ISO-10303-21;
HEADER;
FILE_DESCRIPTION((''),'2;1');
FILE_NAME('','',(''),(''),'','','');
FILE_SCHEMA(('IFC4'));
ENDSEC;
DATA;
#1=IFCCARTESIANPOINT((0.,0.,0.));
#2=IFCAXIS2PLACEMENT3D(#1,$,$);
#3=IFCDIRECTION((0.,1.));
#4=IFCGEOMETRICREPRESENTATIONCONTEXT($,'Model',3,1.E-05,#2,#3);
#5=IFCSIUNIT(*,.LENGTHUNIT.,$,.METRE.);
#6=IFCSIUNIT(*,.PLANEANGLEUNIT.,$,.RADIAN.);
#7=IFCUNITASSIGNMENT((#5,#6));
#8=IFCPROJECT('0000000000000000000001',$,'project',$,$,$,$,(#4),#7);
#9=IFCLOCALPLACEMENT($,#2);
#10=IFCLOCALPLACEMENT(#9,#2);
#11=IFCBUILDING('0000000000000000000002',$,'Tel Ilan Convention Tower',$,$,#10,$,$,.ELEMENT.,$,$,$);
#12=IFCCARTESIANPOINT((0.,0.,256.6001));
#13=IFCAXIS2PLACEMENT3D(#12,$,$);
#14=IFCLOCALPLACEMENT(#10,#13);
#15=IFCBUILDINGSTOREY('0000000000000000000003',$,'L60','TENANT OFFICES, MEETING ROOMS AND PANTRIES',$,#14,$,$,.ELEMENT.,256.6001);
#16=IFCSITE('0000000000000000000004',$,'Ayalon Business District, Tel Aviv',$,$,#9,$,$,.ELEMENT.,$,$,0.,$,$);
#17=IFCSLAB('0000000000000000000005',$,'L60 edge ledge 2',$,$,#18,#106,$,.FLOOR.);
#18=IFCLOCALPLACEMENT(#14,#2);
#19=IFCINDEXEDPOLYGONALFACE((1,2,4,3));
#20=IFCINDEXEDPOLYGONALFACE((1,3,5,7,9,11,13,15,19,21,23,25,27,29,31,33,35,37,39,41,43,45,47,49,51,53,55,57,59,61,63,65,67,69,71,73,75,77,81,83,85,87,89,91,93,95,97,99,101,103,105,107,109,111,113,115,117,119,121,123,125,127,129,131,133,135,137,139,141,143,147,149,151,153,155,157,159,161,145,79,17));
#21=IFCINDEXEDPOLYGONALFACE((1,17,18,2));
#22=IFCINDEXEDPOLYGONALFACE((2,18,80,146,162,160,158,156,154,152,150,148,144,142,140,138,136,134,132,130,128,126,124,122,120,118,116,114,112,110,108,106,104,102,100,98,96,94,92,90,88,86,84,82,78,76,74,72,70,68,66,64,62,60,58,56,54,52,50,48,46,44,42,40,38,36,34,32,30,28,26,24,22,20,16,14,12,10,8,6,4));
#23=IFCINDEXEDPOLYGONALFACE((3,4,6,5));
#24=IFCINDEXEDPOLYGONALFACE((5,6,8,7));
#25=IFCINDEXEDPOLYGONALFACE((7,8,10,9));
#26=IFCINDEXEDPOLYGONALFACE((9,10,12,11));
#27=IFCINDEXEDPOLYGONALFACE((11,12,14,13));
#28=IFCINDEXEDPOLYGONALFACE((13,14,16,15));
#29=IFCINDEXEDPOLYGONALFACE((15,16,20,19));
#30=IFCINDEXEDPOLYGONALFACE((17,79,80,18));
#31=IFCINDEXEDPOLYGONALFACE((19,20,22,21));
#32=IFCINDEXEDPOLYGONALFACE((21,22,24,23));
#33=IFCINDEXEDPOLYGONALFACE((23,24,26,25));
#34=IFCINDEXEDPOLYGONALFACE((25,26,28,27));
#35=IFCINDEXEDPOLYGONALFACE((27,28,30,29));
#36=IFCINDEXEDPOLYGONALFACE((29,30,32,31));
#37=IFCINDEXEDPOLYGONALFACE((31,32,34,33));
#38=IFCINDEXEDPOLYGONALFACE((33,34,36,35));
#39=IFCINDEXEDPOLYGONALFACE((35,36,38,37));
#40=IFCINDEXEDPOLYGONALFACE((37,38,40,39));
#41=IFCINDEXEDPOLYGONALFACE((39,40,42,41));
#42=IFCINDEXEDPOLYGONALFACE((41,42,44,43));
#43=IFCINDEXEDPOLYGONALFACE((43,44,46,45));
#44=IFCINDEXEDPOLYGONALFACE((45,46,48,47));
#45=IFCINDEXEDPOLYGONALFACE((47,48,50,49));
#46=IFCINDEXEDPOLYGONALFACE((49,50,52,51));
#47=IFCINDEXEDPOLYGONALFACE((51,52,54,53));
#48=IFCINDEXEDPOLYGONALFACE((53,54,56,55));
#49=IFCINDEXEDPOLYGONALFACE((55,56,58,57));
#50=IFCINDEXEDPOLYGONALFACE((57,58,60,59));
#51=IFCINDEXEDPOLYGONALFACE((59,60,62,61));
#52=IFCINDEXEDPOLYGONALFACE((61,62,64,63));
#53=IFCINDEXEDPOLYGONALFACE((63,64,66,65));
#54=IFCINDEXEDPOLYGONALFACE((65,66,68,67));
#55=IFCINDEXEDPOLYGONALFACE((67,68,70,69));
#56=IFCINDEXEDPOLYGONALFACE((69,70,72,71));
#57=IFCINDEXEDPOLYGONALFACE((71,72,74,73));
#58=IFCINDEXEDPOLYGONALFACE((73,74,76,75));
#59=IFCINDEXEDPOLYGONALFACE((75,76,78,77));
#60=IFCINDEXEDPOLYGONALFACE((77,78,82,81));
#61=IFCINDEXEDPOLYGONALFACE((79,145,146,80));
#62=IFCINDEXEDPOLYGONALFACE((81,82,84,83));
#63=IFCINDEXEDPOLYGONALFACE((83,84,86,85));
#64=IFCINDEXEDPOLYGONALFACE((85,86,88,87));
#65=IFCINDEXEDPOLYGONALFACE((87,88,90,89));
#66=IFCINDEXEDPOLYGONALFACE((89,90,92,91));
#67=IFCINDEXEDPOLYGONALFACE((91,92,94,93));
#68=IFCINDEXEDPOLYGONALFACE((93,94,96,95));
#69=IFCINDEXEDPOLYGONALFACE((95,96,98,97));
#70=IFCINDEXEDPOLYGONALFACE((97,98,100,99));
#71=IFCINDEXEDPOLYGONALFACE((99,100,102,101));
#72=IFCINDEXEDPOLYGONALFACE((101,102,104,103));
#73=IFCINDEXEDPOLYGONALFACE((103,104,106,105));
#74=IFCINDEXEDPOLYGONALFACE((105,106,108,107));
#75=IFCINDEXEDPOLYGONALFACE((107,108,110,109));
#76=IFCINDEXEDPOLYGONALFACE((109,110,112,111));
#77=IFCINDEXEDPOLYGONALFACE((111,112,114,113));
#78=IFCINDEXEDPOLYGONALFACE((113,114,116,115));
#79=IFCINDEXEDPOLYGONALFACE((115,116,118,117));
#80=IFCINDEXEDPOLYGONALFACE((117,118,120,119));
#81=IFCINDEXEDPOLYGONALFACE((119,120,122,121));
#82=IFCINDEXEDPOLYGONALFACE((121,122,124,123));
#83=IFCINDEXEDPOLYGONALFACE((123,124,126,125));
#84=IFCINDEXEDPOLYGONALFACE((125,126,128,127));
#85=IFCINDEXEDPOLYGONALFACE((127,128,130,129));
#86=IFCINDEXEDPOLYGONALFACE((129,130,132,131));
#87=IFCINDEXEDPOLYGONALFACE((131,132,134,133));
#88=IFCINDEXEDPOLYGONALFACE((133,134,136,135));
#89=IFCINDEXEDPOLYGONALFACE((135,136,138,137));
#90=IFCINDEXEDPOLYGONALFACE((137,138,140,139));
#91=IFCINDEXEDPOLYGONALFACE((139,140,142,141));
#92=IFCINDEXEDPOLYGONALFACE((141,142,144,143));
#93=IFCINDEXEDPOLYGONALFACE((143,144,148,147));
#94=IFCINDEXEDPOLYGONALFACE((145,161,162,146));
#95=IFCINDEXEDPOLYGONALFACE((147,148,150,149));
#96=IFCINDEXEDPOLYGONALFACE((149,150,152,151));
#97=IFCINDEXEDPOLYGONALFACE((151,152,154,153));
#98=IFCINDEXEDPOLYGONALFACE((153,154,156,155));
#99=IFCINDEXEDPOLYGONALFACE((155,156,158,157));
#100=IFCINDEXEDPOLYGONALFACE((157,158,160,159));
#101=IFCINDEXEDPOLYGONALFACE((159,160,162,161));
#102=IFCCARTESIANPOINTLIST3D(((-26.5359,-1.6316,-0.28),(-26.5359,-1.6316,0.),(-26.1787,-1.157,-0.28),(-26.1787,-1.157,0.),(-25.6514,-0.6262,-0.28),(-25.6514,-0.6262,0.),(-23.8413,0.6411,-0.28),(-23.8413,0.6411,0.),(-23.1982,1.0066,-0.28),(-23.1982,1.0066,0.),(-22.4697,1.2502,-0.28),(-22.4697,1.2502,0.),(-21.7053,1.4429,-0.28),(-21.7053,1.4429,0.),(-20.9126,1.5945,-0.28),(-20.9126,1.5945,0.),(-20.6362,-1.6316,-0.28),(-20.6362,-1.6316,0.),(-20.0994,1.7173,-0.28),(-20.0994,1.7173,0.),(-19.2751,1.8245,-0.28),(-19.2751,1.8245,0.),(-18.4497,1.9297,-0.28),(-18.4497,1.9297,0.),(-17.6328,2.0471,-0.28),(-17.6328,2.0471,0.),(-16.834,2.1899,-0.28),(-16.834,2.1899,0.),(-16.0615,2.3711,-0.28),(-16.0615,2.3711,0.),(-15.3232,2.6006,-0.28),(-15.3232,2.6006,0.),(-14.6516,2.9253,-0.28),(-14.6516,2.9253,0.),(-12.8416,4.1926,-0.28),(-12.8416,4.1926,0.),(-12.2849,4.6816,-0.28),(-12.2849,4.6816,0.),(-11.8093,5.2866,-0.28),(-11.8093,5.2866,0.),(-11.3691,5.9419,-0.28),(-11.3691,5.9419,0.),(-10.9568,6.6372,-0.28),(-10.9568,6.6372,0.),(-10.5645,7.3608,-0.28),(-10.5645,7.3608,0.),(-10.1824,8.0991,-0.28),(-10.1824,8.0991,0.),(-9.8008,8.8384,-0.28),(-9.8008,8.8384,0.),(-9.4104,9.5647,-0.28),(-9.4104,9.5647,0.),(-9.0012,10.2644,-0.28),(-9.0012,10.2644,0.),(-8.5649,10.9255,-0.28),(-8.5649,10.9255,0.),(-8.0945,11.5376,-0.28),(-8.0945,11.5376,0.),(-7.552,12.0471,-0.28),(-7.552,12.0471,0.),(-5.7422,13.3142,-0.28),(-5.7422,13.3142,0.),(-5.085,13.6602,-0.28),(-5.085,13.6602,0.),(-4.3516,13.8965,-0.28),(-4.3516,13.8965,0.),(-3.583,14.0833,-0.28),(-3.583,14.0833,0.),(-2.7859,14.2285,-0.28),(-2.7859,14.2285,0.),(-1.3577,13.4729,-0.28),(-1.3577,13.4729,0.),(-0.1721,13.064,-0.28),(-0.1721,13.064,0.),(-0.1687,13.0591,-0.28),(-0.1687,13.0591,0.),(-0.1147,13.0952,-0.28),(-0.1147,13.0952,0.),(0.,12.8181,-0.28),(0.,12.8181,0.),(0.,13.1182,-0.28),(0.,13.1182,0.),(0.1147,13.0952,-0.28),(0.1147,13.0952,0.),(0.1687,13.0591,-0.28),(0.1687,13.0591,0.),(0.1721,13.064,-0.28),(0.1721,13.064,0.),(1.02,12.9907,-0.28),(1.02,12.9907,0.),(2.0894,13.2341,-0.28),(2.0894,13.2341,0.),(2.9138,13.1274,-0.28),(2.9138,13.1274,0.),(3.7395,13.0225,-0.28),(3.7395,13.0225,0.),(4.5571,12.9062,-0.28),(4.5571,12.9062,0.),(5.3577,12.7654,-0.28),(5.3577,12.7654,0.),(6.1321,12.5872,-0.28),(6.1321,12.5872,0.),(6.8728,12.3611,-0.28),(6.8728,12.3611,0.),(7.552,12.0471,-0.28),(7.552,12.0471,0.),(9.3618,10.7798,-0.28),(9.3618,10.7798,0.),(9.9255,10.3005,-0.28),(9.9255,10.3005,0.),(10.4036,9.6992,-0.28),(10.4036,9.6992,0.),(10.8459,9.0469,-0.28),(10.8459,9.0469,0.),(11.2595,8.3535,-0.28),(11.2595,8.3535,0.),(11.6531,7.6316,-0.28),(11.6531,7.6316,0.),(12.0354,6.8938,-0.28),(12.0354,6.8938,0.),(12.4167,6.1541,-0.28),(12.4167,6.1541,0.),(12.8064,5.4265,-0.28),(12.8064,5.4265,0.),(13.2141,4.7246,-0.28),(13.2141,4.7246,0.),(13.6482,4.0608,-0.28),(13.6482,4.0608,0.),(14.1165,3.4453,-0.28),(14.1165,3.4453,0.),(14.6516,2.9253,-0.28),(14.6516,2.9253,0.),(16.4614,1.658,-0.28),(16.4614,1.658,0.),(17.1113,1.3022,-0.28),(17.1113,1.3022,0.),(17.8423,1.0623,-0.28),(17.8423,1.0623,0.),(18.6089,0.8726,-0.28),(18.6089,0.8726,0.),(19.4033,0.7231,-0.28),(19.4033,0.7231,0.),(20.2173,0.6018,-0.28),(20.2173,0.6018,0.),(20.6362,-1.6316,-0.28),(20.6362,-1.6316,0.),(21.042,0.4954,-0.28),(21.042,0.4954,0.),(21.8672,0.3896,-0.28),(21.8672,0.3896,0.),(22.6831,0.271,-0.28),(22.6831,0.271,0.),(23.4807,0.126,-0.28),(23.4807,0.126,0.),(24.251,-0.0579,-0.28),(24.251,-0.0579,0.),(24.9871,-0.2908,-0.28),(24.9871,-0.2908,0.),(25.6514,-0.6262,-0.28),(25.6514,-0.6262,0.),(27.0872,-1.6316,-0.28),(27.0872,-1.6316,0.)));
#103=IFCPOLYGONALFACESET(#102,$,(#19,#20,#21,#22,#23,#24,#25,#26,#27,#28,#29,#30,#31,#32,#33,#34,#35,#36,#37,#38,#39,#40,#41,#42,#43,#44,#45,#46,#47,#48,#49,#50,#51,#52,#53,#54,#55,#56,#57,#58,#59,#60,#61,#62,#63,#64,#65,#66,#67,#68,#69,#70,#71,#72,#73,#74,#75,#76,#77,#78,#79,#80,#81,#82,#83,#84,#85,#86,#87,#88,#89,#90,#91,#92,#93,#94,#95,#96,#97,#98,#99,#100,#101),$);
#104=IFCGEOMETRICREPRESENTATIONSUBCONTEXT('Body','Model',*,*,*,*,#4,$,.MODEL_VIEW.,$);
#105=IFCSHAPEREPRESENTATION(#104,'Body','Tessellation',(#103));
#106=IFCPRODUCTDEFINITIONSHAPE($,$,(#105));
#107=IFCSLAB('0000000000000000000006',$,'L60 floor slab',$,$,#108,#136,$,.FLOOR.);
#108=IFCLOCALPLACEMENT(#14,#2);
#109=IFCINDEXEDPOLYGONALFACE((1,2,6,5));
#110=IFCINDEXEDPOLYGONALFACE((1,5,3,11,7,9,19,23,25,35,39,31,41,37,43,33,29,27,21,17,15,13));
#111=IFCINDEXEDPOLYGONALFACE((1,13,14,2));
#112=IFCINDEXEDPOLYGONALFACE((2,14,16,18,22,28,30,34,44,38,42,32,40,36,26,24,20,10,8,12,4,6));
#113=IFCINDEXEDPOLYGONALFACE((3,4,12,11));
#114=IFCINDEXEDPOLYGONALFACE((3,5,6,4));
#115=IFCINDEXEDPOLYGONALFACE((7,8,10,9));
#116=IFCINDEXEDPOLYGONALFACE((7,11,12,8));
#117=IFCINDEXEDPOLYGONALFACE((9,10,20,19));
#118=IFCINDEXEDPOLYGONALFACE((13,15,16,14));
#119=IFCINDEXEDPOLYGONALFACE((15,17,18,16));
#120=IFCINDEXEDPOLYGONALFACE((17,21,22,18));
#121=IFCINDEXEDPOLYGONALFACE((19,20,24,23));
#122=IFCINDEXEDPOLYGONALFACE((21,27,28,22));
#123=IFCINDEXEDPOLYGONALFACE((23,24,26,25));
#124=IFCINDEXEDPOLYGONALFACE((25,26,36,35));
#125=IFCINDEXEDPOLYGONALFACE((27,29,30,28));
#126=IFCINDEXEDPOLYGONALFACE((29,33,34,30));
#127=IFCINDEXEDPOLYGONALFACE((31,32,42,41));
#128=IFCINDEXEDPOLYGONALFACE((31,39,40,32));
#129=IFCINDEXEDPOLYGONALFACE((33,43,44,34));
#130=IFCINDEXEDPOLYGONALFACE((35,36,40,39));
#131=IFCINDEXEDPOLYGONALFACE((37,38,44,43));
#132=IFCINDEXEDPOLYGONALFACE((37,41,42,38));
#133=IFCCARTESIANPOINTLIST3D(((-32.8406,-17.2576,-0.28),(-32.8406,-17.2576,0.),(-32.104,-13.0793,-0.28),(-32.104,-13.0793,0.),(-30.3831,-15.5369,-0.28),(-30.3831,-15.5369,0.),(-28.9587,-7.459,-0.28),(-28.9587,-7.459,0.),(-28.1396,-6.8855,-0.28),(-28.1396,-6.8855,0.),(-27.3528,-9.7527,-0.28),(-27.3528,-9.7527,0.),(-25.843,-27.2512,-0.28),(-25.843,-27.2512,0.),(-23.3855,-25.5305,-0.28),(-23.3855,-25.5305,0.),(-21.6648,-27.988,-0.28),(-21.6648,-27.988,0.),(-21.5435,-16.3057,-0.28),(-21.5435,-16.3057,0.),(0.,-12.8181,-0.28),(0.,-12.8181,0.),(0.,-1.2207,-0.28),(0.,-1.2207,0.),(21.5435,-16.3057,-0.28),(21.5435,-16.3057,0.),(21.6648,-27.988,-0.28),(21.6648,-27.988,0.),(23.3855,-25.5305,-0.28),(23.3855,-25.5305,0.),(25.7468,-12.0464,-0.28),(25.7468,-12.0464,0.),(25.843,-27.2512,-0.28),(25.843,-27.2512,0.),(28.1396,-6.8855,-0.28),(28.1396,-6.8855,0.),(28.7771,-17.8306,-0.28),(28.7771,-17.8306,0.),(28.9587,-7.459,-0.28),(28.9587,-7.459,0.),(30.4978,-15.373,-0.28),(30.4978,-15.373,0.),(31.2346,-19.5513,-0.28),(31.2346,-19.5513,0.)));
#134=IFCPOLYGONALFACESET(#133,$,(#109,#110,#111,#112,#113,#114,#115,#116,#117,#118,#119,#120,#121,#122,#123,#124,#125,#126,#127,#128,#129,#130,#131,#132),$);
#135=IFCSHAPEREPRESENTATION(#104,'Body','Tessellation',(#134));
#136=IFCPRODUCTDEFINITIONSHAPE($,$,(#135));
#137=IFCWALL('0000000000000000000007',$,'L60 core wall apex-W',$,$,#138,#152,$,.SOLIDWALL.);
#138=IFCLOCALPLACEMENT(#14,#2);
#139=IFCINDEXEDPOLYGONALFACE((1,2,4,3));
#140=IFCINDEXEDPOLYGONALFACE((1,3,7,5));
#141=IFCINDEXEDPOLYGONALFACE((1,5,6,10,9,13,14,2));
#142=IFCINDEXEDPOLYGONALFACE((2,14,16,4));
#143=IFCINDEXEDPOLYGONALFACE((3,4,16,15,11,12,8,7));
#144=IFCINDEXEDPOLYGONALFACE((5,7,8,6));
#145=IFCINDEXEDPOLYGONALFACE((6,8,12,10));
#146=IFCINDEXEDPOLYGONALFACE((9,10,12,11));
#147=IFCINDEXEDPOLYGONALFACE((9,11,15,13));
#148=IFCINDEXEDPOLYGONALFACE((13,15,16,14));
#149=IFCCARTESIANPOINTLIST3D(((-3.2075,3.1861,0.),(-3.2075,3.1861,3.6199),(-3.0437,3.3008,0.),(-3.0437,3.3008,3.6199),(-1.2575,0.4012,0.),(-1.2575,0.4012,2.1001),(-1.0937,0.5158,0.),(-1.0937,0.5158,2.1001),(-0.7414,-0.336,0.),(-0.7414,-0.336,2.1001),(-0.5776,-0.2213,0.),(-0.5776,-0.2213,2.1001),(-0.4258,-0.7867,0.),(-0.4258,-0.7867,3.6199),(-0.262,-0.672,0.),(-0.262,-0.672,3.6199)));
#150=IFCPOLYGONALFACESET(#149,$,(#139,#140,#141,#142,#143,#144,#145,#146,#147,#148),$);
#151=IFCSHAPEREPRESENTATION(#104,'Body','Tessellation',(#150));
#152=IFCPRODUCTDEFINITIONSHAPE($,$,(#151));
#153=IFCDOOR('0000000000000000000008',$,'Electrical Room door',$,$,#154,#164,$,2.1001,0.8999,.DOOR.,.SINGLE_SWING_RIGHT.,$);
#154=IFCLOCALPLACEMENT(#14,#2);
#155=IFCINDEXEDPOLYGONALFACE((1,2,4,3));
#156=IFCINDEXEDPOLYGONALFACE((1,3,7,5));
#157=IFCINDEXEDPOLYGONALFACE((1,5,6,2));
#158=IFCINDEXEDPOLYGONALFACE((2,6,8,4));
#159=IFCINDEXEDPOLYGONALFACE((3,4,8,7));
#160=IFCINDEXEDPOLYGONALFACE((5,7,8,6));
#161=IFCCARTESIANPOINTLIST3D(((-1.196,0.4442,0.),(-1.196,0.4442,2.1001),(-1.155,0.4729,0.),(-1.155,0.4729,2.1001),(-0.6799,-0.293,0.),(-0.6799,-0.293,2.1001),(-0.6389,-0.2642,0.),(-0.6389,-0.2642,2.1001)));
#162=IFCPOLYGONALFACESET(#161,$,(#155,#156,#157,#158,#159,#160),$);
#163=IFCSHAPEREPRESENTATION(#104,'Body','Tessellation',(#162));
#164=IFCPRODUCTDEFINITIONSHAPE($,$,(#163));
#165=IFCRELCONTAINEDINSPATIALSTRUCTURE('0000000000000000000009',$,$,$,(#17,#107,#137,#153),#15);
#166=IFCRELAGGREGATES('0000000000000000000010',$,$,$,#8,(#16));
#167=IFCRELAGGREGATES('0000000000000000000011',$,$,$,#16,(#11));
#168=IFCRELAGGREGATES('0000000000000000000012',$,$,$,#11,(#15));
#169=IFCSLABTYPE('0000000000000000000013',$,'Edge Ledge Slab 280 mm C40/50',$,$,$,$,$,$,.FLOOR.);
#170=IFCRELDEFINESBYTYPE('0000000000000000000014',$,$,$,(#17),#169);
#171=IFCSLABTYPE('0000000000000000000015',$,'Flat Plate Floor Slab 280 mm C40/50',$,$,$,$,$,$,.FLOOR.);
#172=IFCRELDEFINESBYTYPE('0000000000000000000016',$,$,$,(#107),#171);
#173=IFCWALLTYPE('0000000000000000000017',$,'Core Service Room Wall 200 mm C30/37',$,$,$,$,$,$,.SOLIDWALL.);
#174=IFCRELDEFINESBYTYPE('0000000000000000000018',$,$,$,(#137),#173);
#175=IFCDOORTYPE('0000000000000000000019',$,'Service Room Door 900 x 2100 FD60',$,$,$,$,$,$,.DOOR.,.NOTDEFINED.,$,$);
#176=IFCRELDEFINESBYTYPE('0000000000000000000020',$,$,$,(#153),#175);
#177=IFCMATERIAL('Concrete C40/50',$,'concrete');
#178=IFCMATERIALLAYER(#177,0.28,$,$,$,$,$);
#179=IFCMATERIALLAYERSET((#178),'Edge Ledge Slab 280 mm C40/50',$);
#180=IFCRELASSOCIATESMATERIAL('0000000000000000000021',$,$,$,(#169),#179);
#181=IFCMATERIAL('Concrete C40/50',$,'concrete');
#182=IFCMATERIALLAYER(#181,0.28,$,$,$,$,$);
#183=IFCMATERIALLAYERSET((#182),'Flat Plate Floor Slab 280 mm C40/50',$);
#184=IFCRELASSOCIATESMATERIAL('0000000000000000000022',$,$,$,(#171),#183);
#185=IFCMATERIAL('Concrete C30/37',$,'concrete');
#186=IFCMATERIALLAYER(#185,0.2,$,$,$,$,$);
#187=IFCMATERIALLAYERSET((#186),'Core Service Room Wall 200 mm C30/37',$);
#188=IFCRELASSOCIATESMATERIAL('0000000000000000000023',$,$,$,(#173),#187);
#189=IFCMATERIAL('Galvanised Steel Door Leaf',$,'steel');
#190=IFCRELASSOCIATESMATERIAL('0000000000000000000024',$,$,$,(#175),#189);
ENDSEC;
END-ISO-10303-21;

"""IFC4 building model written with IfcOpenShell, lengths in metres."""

from ifc_helpers import new_model, si_unit, direction, frame, frame_2d, origin, place, context, subcontext, project, spatial, polyline, rectangle, outline, extrude, material, layer, layer_set, type_object, element, fill, save


model = new_model("IFC4")

# Units and contexts
model_context = context("Model", 3, precision=1e-05, world=origin(), true_north=direction((0.0, 1.0)))
body_context = subcontext(model_context, "Body", "Model", "MODEL_VIEW")
ifc_project = project(units=[si_unit("LENGTHUNIT", "METRE"), si_unit("PLANEANGLEUNIT", "RADIAN")], contexts=[model_context])

# Site, building, storey
site_placement = place(None, origin())
site = spatial("IfcSite", under=ifc_project, at=site_placement, Name="Ayalon Business District, Tel Aviv", CompositionType="ELEMENT", RefElevation=0.0)
building_placement = place(site_placement, origin())
building = spatial("IfcBuilding", under=site, at=building_placement, Name="Tel Ilan Convention Tower", CompositionType="ELEMENT")
storey_placement = place(building_placement, frame((0.0, 0.0, 256.6001)))
storey = spatial("IfcBuildingStorey", under=building, at=storey_placement, Name="L60", Description="TENANT OFFICES, MEETING ROOMS AND PANTRIES", CompositionType="ELEMENT", Elevation=256.6001)

# Slabs
ifc_material_1 = material(Name="Concrete C40/50", Category="concrete")
ifc_layer_1 = layer(ifc_material_1, 0.28)
ifc_layer_set_1 = layer_set([ifc_layer_1], Name="Edge Ledge Slab 280 mm C40/50")
slab_type_1 = type_object("IfcSlabType", Name="Edge Ledge Slab 280 mm C40/50", PredefinedType="FLOOR", material=ifc_layer_set_1)
slab_1_placement = place(storey_placement, frame((0.0, 0.0, -0.28)))
element("IfcSlab", 1, at=slab_1_placement, inside=storey, type_object=slab_type_1, Name="L60 edge ledge 2", PredefinedType="FLOOR", context=body_context, shape_type="SweptSolid", body=[
    extrude(outline(polyline([(-23.1982, 1.0066), (-22.4697, 1.2502), (-21.7053, 1.4429), (-20.9126, 1.5945), (-20.0994, 1.7173), (-19.2751, 1.8245), (-18.4497, 1.9297), (-17.6328, 2.0471), (-16.834, 2.1899), (-16.0615, 2.3711), (-15.3232, 2.6006), (-14.6516, 2.9253), (-12.8416, 4.1926), (-12.2849, 4.6816), (-11.8093, 5.2866), (-11.3691, 5.9419), (-10.9568, 6.6372), (-10.5645, 7.3608), (-10.1824, 8.0991), (-9.8008, 8.8384), (-9.4104, 9.5647), (-9.0012, 10.2644), (-8.5649, 10.9255), (-8.0945, 11.5376), (-7.552, 12.0471), (-5.7422, 13.3142), (-5.085, 13.6602), (-4.3516, 13.8965), (-3.583, 14.0833), (-2.7859, 14.2285), (-1.3577, 13.4729), (-0.1721, 13.064), (-0.1687, 13.0591), (-0.1147, 13.0952), (0.0, 13.1182), (0.1147, 13.0952), (0.1687, 13.0591), (0.1721, 13.064), (1.02, 12.9907), (2.0894, 13.2341), (2.9138, 13.1274), (3.7395, 13.0225), (4.5571, 12.9062), (5.3577, 12.7654), (6.1321, 12.5872), (6.8728, 12.3611), (7.552, 12.0471), (9.3618, 10.7798), (9.9255, 10.3005), (10.4036, 9.6992), (10.8459, 9.0469), (11.2595, 8.3535), (11.6531, 7.6316), (12.0354, 6.8938), (12.4167, 6.1541), (12.8064, 5.4265), (13.2141, 4.7246), (13.6482, 4.0608), (14.1165, 3.4453), (14.6516, 2.9253), (16.4614, 1.658), (17.1113, 1.3022), (17.8423, 1.0623), (18.6089, 0.8726), (19.4033, 0.7231), (20.2173, 0.6018), (21.042, 0.4954), (21.8672, 0.3896), (22.6831, 0.271), (23.4807, 0.126), (24.251, -0.0579), (24.9871, -0.2908), (25.6514, -0.6262), (27.0872, -1.6316), (20.6362, -1.6316), (0.0, 12.8181), (-20.6362, -1.6316), (-26.5359, -1.6316), (-26.1787, -1.157), (-25.6514, -0.6262), (-23.8413, 0.6411), (-23.1982, 1.0066)])), origin(), (0.0, 0.0, 1.0), 0.28),
])
ifc_material_2 = material(Name="Concrete C40/50", Category="concrete")
ifc_layer_2 = layer(ifc_material_2, 0.28)
ifc_layer_set_2 = layer_set([ifc_layer_2], Name="Flat Plate Floor Slab 280 mm C40/50")
slab_type_2 = type_object("IfcSlabType", Name="Flat Plate Floor Slab 280 mm C40/50", PredefinedType="FLOOR", material=ifc_layer_set_2)
slab_2_placement = place(storey_placement, frame((0.0, 0.0, -0.28)))
element("IfcSlab", 2, at=slab_2_placement, inside=storey, type_object=slab_type_2, Name="L60 floor slab", PredefinedType="FLOOR", context=body_context, shape_type="SweptSolid", body=[
    extrude(outline(polyline([(21.5435, -16.3057), (28.1396, -6.8855), (28.9587, -7.459), (25.7468, -12.0464), (30.4978, -15.373), (28.7771, -17.8306), (31.2346, -19.5513), (25.843, -27.2512), (23.3855, -25.5305), (21.6648, -27.988), (0.0, -12.8181), (-21.6648, -27.988), (-23.3855, -25.5305), (-25.843, -27.2512), (-32.8406, -17.2576), (-30.3831, -15.5369), (-32.104, -13.0793), (-27.3528, -9.7527), (-28.9587, -7.459), (-28.1396, -6.8855), (-21.5435, -16.3057), (0.0, -1.2207), (21.5435, -16.3057)])), origin(), (0.0, 0.0, 1.0), 0.28),
])

# Wall, opening, door
ifc_material_3 = material(Name="Concrete C30/37", Category="concrete")
ifc_layer_3 = layer(ifc_material_3, 0.2)
ifc_layer_set_3 = layer_set([ifc_layer_3], Name="Core Service Room Wall 200 mm C30/37")
wall_type_1 = type_object("IfcWallType", Name="Core Service Room Wall 200 mm C30/37", PredefinedType="SOLIDWALL", material=ifc_layer_set_3)
wall_1_placement = place(storey_placement, frame((-0.344, -0.7292, 0.0), z_axis=(0.0, 0.0, 1.0), x_axis=(-0.57356, 0.819163, 0.0)))
wall_1 = element("IfcWall", 3, at=wall_1_placement, inside=storey, type_object=wall_type_1, Name="L60 core wall apex-W", PredefinedType="SOLIDWALL", context=body_context, shape_type="SweptSolid", body=[
    extrude(rectangle(XDim=4.8499, YDim=0.2, at=frame_2d((2.4248, 0.0))), origin(), (0.0, 0.0, 1.0), 3.6199),
])
opening_1_placement = place(wall_1_placement, frame((0.55, 0.0, 0.0)))
opening_1 = element("IfcOpeningElement", 4, at=opening_1_placement, cuts=wall_1, PredefinedType="OPENING", context=body_context, shape_type="SweptSolid", body=[
    extrude(rectangle(XDim=0.8999, YDim=2.1001, at=frame_2d((0.45, 1.05))), frame((0.0, 0.1099, 0.0), z_axis=(0.0, -1.0, 0.0), x_axis=(1.0, 0.0, 0.0)), (0.0, 0.0, 1.0), 0.22),
])
ifc_material_4 = material(Name="Galvanised Steel Door Leaf", Category="steel")
door_type_1 = type_object("IfcDoorType", Name="Service Room Door 900 x 2100 FD60", OperationType="NOTDEFINED", PredefinedType="DOOR", material=ifc_material_4)
door_1_placement = place(opening_1_placement, origin())
door_1 = element("IfcDoor", 5, at=door_1_placement, inside=storey, type_object=door_type_1, Name="Electrical Room door", OperationType="SINGLE_SWING_RIGHT", OverallHeight=2.1001, OverallWidth=0.8999, PredefinedType="DOOR", context=body_context, shape_type="SweptSolid", body=[
    extrude(rectangle(XDim=0.8999, YDim=2.1001, at=frame_2d((0.45, 1.05))), frame((0.0, 0.0249, 0.0), z_axis=(0.0, -1.0, 0.0), x_axis=(1.0, 0.0, 0.0)), (0.0, 0.0, 1.0), 0.05),
])
fill(opening_1, door_1)

save(model, "model.ifc")
